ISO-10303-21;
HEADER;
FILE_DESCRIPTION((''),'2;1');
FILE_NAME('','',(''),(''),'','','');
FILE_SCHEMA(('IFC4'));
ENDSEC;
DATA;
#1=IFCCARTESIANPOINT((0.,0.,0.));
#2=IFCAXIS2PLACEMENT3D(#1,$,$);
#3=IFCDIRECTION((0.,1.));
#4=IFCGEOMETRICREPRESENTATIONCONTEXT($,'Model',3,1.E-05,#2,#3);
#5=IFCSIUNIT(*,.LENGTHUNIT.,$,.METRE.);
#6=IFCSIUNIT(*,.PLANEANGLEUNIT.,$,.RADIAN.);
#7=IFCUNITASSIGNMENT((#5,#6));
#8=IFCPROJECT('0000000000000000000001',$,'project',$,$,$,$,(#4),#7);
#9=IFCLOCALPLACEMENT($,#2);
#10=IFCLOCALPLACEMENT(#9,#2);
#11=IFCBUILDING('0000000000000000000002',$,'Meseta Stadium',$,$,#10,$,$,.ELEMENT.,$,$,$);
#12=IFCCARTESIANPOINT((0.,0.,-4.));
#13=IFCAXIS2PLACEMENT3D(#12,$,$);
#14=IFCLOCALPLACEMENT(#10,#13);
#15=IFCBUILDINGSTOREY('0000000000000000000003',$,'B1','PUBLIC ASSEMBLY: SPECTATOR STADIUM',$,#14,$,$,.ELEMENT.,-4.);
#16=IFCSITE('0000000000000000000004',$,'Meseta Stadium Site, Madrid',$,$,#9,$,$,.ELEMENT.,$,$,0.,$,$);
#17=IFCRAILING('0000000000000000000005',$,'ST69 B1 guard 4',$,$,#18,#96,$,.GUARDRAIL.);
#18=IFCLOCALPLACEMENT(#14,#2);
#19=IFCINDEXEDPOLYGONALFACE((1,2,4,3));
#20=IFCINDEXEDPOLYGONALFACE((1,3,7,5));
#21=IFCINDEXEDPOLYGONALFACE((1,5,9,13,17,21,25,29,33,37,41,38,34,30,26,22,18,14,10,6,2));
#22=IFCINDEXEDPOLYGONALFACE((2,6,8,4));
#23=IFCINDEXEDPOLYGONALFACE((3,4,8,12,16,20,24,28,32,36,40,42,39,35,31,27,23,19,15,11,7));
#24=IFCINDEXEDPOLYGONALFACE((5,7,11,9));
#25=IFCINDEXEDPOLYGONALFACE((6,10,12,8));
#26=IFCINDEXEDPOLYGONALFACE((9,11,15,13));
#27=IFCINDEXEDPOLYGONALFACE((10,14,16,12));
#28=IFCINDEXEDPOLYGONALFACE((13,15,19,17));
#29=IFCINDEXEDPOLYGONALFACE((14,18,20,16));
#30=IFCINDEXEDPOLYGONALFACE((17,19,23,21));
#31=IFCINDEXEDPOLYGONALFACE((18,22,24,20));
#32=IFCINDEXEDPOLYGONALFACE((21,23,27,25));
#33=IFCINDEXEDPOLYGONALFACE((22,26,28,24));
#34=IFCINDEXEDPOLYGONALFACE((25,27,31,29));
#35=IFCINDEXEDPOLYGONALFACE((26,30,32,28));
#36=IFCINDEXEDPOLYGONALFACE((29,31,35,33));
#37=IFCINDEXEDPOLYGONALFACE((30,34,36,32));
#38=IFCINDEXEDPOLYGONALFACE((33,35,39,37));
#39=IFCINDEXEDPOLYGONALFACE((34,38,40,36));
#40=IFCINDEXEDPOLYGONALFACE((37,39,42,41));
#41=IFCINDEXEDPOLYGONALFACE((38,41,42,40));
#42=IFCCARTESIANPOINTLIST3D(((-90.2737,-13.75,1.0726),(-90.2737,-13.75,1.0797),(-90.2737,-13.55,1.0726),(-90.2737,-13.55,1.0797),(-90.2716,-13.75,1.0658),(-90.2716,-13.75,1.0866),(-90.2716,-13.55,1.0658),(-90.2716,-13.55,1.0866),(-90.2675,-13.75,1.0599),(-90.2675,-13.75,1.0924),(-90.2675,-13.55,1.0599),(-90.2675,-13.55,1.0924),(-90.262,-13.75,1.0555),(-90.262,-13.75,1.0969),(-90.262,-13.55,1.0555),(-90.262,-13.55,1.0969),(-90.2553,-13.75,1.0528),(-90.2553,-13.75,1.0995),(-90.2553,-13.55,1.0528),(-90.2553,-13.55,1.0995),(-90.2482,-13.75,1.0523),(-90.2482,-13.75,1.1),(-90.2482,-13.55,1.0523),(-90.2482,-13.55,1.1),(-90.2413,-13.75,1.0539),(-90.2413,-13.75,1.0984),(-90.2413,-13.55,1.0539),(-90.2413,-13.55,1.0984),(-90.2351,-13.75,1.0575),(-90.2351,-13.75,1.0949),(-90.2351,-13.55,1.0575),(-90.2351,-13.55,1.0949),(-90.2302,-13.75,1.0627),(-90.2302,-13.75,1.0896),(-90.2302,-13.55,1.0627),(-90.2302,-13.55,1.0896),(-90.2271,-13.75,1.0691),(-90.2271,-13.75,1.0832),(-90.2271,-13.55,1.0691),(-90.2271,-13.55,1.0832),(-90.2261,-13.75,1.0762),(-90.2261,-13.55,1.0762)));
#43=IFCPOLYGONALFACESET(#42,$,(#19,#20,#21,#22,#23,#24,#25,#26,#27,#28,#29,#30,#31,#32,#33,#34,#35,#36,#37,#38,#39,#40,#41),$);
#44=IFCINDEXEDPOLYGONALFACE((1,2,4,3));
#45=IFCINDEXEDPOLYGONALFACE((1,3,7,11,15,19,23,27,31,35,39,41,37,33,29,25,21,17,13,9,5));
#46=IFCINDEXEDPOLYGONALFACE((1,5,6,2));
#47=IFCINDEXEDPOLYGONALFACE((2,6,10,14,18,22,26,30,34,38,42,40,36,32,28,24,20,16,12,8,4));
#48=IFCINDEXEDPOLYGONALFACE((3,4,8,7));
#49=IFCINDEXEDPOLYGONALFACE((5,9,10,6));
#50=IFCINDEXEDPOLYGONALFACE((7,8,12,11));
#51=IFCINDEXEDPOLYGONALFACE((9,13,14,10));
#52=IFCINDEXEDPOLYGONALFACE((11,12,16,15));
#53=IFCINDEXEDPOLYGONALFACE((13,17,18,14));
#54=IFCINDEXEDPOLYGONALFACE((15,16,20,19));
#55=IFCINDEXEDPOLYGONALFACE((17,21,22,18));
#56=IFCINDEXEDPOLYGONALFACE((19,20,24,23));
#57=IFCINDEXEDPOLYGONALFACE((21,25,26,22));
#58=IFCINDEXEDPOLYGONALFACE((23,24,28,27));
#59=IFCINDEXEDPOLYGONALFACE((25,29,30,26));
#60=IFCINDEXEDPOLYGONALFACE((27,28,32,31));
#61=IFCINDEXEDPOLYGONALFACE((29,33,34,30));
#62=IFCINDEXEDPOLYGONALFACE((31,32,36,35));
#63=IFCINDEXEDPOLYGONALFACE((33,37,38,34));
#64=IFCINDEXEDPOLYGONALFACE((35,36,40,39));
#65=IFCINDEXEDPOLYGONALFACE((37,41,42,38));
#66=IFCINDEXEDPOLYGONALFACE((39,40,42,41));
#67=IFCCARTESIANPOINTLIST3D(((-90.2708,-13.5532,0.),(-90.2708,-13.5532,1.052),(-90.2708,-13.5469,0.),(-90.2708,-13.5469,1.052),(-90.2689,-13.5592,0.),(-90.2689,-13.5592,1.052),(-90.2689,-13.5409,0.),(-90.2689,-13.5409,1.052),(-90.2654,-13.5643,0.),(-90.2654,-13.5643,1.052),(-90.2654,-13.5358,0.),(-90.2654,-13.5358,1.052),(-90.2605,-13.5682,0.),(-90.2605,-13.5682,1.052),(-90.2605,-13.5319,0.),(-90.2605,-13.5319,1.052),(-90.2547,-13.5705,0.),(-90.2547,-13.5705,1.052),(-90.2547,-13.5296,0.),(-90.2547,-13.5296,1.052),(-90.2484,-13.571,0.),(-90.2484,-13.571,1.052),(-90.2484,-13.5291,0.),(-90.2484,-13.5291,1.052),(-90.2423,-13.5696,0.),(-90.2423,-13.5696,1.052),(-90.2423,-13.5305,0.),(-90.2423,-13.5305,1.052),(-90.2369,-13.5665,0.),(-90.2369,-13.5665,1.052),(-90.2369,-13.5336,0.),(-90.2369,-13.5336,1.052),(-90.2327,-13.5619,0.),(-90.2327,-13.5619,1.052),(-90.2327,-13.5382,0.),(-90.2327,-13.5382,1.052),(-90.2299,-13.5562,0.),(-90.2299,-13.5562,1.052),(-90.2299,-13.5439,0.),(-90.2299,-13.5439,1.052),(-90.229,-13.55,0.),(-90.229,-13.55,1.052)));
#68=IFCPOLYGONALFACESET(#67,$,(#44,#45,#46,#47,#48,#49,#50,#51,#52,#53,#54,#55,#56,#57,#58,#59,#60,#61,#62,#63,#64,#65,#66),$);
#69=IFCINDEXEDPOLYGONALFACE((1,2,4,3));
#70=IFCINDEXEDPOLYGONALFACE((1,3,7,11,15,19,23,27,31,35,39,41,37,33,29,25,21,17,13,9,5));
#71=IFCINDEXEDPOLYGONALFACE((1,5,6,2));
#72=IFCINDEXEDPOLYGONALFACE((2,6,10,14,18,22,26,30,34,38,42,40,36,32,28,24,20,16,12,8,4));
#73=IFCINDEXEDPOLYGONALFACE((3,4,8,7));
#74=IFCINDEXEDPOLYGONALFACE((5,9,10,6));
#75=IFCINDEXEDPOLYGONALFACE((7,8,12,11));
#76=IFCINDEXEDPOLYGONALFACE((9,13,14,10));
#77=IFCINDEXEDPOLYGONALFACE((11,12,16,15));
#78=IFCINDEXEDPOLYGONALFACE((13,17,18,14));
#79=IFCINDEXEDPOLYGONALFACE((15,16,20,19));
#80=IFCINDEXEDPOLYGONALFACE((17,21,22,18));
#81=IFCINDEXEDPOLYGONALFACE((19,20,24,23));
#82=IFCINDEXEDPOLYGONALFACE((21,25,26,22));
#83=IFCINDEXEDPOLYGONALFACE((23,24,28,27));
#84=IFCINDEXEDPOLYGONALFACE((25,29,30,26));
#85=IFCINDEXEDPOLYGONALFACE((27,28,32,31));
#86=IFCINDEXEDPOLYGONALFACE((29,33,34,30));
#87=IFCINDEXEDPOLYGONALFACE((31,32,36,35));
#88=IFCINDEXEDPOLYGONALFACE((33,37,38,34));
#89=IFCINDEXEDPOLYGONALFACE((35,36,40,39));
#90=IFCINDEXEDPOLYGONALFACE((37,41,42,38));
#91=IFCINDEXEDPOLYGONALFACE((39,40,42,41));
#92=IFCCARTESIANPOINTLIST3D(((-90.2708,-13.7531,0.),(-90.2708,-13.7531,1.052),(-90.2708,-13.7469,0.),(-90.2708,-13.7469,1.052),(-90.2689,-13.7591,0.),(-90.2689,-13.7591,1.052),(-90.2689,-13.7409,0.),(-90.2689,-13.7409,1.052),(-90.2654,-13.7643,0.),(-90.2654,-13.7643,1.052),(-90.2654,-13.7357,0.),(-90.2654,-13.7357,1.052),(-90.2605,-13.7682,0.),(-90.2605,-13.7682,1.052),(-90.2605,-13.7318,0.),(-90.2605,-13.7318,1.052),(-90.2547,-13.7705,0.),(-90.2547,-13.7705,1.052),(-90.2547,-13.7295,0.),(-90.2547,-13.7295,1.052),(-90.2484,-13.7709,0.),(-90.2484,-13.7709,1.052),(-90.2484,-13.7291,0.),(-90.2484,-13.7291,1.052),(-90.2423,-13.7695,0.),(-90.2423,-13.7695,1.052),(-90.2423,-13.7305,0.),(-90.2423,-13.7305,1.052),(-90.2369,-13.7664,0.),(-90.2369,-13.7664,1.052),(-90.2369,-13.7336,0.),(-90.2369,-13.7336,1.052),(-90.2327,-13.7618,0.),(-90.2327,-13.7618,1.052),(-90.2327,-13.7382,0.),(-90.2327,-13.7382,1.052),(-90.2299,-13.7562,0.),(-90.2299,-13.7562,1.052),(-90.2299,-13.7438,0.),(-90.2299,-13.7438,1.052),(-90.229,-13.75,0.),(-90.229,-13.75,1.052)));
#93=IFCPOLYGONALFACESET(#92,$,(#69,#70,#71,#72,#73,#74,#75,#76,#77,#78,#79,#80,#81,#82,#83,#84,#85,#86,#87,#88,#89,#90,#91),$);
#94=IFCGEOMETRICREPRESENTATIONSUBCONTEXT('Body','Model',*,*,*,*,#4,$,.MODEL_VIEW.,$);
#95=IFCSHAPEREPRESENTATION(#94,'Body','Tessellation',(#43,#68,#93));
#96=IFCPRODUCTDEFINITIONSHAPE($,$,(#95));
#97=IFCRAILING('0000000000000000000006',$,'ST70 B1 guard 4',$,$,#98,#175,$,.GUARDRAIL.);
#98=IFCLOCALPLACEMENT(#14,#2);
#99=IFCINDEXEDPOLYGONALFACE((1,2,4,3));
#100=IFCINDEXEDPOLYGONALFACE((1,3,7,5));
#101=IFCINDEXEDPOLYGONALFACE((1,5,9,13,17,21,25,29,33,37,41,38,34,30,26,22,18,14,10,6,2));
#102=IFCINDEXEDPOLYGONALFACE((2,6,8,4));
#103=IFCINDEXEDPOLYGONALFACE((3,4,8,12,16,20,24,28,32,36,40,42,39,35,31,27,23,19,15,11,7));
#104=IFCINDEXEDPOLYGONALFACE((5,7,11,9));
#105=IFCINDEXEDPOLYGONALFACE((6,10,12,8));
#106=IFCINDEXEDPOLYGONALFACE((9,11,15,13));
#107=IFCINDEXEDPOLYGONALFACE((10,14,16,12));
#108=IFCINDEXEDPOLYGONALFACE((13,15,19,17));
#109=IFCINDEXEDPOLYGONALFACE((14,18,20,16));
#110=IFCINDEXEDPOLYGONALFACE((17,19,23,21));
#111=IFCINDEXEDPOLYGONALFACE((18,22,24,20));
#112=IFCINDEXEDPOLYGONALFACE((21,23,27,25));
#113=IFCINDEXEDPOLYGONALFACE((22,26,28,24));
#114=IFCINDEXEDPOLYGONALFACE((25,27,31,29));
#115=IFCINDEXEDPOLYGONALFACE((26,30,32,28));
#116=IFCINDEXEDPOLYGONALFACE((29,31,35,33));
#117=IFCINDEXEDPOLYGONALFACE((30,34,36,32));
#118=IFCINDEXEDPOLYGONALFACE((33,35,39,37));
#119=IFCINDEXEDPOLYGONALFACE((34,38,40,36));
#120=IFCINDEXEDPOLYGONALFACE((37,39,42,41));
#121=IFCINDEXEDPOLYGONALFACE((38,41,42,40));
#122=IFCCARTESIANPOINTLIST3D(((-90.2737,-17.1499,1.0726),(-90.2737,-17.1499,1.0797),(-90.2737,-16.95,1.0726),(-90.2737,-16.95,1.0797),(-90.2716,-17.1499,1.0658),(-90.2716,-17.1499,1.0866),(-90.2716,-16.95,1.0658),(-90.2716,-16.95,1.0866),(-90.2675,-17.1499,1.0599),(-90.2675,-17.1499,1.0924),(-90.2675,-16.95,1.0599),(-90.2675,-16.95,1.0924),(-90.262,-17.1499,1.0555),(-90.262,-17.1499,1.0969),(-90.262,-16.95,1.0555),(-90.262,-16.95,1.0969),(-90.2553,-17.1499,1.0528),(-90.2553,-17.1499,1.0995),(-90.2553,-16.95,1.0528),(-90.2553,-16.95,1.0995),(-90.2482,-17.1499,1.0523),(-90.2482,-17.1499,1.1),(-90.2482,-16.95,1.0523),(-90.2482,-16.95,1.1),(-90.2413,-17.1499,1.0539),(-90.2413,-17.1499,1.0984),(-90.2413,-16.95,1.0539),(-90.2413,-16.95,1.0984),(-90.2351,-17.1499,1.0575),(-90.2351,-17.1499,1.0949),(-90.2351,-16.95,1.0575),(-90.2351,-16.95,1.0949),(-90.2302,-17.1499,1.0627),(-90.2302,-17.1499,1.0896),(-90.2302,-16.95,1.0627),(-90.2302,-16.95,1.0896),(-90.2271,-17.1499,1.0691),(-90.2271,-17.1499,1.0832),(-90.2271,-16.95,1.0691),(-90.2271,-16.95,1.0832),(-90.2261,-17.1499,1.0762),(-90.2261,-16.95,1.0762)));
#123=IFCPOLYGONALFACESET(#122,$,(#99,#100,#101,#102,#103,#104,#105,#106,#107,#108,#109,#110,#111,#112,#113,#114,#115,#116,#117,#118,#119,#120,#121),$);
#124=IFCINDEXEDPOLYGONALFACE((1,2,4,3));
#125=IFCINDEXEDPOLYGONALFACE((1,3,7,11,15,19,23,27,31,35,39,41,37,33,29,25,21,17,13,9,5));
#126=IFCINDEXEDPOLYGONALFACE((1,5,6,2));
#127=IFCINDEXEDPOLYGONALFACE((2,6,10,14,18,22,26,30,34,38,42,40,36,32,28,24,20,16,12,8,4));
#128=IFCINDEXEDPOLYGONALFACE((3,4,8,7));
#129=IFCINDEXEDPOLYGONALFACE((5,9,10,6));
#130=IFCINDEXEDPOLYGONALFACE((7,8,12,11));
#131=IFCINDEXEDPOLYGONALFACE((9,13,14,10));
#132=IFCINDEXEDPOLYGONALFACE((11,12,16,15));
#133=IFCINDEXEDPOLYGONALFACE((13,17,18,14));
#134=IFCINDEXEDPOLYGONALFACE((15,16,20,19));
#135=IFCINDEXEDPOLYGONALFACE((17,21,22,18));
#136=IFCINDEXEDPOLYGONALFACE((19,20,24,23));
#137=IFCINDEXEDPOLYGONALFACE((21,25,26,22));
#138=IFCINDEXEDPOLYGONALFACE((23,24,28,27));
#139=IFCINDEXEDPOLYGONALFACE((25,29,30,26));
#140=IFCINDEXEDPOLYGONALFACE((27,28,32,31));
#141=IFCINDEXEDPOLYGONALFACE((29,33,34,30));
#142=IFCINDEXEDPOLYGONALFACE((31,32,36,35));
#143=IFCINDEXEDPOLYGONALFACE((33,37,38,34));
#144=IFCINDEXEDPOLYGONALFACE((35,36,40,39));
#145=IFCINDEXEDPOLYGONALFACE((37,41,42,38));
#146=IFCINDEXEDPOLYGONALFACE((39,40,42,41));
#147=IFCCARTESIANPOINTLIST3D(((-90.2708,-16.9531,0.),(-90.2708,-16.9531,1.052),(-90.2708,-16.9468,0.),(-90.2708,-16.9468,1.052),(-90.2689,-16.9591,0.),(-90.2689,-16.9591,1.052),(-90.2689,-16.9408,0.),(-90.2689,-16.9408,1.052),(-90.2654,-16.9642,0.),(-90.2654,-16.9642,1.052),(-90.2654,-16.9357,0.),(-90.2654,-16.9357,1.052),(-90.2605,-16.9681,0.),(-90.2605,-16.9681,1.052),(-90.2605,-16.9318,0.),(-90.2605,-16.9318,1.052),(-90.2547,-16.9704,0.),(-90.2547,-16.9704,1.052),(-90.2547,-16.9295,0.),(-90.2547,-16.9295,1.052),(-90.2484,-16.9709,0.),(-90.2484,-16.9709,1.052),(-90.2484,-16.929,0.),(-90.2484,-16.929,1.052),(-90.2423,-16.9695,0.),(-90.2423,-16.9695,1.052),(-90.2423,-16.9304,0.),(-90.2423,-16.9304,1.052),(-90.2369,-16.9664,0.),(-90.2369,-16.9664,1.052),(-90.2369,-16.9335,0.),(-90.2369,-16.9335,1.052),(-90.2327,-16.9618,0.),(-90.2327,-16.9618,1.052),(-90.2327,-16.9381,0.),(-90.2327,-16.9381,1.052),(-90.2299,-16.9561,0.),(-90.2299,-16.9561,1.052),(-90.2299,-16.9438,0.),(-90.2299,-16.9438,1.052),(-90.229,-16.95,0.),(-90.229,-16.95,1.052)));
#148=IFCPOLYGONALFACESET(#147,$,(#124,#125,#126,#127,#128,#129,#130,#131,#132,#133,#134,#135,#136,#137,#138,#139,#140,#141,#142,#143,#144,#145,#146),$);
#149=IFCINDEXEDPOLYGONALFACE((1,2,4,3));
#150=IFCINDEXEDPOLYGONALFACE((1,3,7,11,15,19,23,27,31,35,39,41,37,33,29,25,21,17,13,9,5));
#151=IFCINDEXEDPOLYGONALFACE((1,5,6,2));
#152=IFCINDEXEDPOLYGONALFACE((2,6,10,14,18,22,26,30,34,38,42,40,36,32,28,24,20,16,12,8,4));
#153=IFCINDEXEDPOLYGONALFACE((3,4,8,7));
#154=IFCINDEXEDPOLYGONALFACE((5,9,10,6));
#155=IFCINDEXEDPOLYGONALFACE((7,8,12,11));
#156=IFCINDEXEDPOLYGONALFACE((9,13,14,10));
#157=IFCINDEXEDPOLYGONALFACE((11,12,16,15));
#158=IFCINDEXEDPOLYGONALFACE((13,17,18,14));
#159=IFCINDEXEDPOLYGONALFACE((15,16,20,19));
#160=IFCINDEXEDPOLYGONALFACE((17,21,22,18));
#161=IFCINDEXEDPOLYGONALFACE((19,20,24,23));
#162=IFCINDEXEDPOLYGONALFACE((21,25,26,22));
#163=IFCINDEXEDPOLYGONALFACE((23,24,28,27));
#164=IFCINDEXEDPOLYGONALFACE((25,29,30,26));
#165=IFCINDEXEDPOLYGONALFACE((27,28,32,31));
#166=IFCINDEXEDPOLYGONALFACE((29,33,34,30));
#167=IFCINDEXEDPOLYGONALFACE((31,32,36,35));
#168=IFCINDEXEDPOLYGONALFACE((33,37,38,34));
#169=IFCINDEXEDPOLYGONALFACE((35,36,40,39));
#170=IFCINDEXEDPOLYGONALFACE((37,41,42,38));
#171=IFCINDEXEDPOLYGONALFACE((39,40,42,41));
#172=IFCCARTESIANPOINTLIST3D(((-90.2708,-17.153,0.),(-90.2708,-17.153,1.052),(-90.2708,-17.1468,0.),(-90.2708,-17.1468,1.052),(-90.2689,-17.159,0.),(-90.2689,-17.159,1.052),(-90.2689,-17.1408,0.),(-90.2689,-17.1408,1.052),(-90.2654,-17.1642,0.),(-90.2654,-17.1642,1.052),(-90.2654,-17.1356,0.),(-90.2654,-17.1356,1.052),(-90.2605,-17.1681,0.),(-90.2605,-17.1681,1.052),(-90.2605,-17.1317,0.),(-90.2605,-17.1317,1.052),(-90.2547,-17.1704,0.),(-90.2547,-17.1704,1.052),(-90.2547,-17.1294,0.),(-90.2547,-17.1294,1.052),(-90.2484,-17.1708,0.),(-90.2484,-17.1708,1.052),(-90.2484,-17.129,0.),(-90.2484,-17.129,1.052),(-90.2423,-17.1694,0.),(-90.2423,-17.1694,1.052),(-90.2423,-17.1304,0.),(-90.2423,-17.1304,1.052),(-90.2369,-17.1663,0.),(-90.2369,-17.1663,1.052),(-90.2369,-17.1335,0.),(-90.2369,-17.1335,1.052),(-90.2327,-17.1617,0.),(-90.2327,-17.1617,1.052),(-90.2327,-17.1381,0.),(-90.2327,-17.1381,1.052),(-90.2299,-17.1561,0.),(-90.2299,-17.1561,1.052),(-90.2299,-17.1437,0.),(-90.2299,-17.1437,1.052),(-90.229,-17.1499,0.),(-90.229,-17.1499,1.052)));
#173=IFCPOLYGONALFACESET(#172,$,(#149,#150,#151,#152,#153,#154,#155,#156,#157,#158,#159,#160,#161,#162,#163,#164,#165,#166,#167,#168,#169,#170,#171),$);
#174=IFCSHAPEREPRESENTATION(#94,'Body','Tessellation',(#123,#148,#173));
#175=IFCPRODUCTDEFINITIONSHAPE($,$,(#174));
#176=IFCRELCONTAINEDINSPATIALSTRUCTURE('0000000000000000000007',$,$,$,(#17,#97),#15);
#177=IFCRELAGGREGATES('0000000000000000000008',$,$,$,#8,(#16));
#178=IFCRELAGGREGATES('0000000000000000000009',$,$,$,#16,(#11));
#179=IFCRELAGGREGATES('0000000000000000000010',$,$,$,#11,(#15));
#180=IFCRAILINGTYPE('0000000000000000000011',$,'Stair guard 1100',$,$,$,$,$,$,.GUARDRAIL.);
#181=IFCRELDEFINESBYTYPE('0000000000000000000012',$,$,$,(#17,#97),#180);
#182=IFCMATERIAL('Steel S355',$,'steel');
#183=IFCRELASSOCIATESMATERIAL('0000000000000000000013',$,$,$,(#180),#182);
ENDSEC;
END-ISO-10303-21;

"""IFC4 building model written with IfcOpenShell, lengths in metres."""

from ifc_helpers import new_model, si_unit, direction, frame, origin, origin_2d, place, context, subcontext, project, spatial, circle, extrude, material, type_object, element, save


model = new_model("IFC4")

# Units and contexts
model_context = context("Model", 3, precision=1e-05, world=origin(), true_north=direction((0.0, 1.0)))
body_context = subcontext(model_context, "Body", "Model", "MODEL_VIEW")
ifc_project = project(units=[si_unit("LENGTHUNIT", "METRE"), si_unit("PLANEANGLEUNIT", "RADIAN")], contexts=[model_context])

# Site, building, storey
site_placement = place(None, origin())
site = spatial("IfcSite", under=ifc_project, at=site_placement, Name="Meseta Stadium Site, Madrid", CompositionType="ELEMENT", RefElevation=0.0)
building_placement = place(site_placement, origin())
building = spatial("IfcBuilding", under=site, at=building_placement, Name="Meseta Stadium", CompositionType="ELEMENT")
storey_placement = place(building_placement, frame((0.0, 0.0, -4.0)))
storey = spatial("IfcBuildingStorey", under=building, at=storey_placement, Name="B1", Description="PUBLIC ASSEMBLY: SPECTATOR STADIUM", CompositionType="ELEMENT", Elevation=-4.0)

# Railings
ifc_material_1 = material(Name="Steel S355", Category="steel")
railing_type = type_object("IfcRailingType", Name="Stair guard 1100", PredefinedType="GUARDRAIL", material=ifc_material_1)
for number, where, name in (
    (1, (-90.25, -13.55, 0.0), "ST69 B1 guard 4"),
    (2, (-90.25, -16.95, 0.0), "ST70 B1 guard 4"),
):
    element("IfcRailing", number, at=place(storey_placement, frame(where)), inside=storey, type_object=railing_type, Name=name, PredefinedType="GUARDRAIL", context=body_context, shape_type="SweptSolid", body=[
        extrude(circle(Radius=0.0239, at=origin_2d()), frame((0.0, 0.0, 1.0762), z_axis=(0.0, -1.0, 0.0), x_axis=(1.0, 0.0, 0.0)), (0.0, 0.0, 1.0), 0.2),
        extrude(circle(Radius=0.021, at=origin_2d()), origin(), (0.0, 0.0, 1.0), 1.052),
        extrude(circle(Radius=0.021, at=origin_2d()), frame((0.0, -0.2, 0.0)), (0.0, 0.0, 1.0), 1.052),
    ])

save(model, "model.ifc")
